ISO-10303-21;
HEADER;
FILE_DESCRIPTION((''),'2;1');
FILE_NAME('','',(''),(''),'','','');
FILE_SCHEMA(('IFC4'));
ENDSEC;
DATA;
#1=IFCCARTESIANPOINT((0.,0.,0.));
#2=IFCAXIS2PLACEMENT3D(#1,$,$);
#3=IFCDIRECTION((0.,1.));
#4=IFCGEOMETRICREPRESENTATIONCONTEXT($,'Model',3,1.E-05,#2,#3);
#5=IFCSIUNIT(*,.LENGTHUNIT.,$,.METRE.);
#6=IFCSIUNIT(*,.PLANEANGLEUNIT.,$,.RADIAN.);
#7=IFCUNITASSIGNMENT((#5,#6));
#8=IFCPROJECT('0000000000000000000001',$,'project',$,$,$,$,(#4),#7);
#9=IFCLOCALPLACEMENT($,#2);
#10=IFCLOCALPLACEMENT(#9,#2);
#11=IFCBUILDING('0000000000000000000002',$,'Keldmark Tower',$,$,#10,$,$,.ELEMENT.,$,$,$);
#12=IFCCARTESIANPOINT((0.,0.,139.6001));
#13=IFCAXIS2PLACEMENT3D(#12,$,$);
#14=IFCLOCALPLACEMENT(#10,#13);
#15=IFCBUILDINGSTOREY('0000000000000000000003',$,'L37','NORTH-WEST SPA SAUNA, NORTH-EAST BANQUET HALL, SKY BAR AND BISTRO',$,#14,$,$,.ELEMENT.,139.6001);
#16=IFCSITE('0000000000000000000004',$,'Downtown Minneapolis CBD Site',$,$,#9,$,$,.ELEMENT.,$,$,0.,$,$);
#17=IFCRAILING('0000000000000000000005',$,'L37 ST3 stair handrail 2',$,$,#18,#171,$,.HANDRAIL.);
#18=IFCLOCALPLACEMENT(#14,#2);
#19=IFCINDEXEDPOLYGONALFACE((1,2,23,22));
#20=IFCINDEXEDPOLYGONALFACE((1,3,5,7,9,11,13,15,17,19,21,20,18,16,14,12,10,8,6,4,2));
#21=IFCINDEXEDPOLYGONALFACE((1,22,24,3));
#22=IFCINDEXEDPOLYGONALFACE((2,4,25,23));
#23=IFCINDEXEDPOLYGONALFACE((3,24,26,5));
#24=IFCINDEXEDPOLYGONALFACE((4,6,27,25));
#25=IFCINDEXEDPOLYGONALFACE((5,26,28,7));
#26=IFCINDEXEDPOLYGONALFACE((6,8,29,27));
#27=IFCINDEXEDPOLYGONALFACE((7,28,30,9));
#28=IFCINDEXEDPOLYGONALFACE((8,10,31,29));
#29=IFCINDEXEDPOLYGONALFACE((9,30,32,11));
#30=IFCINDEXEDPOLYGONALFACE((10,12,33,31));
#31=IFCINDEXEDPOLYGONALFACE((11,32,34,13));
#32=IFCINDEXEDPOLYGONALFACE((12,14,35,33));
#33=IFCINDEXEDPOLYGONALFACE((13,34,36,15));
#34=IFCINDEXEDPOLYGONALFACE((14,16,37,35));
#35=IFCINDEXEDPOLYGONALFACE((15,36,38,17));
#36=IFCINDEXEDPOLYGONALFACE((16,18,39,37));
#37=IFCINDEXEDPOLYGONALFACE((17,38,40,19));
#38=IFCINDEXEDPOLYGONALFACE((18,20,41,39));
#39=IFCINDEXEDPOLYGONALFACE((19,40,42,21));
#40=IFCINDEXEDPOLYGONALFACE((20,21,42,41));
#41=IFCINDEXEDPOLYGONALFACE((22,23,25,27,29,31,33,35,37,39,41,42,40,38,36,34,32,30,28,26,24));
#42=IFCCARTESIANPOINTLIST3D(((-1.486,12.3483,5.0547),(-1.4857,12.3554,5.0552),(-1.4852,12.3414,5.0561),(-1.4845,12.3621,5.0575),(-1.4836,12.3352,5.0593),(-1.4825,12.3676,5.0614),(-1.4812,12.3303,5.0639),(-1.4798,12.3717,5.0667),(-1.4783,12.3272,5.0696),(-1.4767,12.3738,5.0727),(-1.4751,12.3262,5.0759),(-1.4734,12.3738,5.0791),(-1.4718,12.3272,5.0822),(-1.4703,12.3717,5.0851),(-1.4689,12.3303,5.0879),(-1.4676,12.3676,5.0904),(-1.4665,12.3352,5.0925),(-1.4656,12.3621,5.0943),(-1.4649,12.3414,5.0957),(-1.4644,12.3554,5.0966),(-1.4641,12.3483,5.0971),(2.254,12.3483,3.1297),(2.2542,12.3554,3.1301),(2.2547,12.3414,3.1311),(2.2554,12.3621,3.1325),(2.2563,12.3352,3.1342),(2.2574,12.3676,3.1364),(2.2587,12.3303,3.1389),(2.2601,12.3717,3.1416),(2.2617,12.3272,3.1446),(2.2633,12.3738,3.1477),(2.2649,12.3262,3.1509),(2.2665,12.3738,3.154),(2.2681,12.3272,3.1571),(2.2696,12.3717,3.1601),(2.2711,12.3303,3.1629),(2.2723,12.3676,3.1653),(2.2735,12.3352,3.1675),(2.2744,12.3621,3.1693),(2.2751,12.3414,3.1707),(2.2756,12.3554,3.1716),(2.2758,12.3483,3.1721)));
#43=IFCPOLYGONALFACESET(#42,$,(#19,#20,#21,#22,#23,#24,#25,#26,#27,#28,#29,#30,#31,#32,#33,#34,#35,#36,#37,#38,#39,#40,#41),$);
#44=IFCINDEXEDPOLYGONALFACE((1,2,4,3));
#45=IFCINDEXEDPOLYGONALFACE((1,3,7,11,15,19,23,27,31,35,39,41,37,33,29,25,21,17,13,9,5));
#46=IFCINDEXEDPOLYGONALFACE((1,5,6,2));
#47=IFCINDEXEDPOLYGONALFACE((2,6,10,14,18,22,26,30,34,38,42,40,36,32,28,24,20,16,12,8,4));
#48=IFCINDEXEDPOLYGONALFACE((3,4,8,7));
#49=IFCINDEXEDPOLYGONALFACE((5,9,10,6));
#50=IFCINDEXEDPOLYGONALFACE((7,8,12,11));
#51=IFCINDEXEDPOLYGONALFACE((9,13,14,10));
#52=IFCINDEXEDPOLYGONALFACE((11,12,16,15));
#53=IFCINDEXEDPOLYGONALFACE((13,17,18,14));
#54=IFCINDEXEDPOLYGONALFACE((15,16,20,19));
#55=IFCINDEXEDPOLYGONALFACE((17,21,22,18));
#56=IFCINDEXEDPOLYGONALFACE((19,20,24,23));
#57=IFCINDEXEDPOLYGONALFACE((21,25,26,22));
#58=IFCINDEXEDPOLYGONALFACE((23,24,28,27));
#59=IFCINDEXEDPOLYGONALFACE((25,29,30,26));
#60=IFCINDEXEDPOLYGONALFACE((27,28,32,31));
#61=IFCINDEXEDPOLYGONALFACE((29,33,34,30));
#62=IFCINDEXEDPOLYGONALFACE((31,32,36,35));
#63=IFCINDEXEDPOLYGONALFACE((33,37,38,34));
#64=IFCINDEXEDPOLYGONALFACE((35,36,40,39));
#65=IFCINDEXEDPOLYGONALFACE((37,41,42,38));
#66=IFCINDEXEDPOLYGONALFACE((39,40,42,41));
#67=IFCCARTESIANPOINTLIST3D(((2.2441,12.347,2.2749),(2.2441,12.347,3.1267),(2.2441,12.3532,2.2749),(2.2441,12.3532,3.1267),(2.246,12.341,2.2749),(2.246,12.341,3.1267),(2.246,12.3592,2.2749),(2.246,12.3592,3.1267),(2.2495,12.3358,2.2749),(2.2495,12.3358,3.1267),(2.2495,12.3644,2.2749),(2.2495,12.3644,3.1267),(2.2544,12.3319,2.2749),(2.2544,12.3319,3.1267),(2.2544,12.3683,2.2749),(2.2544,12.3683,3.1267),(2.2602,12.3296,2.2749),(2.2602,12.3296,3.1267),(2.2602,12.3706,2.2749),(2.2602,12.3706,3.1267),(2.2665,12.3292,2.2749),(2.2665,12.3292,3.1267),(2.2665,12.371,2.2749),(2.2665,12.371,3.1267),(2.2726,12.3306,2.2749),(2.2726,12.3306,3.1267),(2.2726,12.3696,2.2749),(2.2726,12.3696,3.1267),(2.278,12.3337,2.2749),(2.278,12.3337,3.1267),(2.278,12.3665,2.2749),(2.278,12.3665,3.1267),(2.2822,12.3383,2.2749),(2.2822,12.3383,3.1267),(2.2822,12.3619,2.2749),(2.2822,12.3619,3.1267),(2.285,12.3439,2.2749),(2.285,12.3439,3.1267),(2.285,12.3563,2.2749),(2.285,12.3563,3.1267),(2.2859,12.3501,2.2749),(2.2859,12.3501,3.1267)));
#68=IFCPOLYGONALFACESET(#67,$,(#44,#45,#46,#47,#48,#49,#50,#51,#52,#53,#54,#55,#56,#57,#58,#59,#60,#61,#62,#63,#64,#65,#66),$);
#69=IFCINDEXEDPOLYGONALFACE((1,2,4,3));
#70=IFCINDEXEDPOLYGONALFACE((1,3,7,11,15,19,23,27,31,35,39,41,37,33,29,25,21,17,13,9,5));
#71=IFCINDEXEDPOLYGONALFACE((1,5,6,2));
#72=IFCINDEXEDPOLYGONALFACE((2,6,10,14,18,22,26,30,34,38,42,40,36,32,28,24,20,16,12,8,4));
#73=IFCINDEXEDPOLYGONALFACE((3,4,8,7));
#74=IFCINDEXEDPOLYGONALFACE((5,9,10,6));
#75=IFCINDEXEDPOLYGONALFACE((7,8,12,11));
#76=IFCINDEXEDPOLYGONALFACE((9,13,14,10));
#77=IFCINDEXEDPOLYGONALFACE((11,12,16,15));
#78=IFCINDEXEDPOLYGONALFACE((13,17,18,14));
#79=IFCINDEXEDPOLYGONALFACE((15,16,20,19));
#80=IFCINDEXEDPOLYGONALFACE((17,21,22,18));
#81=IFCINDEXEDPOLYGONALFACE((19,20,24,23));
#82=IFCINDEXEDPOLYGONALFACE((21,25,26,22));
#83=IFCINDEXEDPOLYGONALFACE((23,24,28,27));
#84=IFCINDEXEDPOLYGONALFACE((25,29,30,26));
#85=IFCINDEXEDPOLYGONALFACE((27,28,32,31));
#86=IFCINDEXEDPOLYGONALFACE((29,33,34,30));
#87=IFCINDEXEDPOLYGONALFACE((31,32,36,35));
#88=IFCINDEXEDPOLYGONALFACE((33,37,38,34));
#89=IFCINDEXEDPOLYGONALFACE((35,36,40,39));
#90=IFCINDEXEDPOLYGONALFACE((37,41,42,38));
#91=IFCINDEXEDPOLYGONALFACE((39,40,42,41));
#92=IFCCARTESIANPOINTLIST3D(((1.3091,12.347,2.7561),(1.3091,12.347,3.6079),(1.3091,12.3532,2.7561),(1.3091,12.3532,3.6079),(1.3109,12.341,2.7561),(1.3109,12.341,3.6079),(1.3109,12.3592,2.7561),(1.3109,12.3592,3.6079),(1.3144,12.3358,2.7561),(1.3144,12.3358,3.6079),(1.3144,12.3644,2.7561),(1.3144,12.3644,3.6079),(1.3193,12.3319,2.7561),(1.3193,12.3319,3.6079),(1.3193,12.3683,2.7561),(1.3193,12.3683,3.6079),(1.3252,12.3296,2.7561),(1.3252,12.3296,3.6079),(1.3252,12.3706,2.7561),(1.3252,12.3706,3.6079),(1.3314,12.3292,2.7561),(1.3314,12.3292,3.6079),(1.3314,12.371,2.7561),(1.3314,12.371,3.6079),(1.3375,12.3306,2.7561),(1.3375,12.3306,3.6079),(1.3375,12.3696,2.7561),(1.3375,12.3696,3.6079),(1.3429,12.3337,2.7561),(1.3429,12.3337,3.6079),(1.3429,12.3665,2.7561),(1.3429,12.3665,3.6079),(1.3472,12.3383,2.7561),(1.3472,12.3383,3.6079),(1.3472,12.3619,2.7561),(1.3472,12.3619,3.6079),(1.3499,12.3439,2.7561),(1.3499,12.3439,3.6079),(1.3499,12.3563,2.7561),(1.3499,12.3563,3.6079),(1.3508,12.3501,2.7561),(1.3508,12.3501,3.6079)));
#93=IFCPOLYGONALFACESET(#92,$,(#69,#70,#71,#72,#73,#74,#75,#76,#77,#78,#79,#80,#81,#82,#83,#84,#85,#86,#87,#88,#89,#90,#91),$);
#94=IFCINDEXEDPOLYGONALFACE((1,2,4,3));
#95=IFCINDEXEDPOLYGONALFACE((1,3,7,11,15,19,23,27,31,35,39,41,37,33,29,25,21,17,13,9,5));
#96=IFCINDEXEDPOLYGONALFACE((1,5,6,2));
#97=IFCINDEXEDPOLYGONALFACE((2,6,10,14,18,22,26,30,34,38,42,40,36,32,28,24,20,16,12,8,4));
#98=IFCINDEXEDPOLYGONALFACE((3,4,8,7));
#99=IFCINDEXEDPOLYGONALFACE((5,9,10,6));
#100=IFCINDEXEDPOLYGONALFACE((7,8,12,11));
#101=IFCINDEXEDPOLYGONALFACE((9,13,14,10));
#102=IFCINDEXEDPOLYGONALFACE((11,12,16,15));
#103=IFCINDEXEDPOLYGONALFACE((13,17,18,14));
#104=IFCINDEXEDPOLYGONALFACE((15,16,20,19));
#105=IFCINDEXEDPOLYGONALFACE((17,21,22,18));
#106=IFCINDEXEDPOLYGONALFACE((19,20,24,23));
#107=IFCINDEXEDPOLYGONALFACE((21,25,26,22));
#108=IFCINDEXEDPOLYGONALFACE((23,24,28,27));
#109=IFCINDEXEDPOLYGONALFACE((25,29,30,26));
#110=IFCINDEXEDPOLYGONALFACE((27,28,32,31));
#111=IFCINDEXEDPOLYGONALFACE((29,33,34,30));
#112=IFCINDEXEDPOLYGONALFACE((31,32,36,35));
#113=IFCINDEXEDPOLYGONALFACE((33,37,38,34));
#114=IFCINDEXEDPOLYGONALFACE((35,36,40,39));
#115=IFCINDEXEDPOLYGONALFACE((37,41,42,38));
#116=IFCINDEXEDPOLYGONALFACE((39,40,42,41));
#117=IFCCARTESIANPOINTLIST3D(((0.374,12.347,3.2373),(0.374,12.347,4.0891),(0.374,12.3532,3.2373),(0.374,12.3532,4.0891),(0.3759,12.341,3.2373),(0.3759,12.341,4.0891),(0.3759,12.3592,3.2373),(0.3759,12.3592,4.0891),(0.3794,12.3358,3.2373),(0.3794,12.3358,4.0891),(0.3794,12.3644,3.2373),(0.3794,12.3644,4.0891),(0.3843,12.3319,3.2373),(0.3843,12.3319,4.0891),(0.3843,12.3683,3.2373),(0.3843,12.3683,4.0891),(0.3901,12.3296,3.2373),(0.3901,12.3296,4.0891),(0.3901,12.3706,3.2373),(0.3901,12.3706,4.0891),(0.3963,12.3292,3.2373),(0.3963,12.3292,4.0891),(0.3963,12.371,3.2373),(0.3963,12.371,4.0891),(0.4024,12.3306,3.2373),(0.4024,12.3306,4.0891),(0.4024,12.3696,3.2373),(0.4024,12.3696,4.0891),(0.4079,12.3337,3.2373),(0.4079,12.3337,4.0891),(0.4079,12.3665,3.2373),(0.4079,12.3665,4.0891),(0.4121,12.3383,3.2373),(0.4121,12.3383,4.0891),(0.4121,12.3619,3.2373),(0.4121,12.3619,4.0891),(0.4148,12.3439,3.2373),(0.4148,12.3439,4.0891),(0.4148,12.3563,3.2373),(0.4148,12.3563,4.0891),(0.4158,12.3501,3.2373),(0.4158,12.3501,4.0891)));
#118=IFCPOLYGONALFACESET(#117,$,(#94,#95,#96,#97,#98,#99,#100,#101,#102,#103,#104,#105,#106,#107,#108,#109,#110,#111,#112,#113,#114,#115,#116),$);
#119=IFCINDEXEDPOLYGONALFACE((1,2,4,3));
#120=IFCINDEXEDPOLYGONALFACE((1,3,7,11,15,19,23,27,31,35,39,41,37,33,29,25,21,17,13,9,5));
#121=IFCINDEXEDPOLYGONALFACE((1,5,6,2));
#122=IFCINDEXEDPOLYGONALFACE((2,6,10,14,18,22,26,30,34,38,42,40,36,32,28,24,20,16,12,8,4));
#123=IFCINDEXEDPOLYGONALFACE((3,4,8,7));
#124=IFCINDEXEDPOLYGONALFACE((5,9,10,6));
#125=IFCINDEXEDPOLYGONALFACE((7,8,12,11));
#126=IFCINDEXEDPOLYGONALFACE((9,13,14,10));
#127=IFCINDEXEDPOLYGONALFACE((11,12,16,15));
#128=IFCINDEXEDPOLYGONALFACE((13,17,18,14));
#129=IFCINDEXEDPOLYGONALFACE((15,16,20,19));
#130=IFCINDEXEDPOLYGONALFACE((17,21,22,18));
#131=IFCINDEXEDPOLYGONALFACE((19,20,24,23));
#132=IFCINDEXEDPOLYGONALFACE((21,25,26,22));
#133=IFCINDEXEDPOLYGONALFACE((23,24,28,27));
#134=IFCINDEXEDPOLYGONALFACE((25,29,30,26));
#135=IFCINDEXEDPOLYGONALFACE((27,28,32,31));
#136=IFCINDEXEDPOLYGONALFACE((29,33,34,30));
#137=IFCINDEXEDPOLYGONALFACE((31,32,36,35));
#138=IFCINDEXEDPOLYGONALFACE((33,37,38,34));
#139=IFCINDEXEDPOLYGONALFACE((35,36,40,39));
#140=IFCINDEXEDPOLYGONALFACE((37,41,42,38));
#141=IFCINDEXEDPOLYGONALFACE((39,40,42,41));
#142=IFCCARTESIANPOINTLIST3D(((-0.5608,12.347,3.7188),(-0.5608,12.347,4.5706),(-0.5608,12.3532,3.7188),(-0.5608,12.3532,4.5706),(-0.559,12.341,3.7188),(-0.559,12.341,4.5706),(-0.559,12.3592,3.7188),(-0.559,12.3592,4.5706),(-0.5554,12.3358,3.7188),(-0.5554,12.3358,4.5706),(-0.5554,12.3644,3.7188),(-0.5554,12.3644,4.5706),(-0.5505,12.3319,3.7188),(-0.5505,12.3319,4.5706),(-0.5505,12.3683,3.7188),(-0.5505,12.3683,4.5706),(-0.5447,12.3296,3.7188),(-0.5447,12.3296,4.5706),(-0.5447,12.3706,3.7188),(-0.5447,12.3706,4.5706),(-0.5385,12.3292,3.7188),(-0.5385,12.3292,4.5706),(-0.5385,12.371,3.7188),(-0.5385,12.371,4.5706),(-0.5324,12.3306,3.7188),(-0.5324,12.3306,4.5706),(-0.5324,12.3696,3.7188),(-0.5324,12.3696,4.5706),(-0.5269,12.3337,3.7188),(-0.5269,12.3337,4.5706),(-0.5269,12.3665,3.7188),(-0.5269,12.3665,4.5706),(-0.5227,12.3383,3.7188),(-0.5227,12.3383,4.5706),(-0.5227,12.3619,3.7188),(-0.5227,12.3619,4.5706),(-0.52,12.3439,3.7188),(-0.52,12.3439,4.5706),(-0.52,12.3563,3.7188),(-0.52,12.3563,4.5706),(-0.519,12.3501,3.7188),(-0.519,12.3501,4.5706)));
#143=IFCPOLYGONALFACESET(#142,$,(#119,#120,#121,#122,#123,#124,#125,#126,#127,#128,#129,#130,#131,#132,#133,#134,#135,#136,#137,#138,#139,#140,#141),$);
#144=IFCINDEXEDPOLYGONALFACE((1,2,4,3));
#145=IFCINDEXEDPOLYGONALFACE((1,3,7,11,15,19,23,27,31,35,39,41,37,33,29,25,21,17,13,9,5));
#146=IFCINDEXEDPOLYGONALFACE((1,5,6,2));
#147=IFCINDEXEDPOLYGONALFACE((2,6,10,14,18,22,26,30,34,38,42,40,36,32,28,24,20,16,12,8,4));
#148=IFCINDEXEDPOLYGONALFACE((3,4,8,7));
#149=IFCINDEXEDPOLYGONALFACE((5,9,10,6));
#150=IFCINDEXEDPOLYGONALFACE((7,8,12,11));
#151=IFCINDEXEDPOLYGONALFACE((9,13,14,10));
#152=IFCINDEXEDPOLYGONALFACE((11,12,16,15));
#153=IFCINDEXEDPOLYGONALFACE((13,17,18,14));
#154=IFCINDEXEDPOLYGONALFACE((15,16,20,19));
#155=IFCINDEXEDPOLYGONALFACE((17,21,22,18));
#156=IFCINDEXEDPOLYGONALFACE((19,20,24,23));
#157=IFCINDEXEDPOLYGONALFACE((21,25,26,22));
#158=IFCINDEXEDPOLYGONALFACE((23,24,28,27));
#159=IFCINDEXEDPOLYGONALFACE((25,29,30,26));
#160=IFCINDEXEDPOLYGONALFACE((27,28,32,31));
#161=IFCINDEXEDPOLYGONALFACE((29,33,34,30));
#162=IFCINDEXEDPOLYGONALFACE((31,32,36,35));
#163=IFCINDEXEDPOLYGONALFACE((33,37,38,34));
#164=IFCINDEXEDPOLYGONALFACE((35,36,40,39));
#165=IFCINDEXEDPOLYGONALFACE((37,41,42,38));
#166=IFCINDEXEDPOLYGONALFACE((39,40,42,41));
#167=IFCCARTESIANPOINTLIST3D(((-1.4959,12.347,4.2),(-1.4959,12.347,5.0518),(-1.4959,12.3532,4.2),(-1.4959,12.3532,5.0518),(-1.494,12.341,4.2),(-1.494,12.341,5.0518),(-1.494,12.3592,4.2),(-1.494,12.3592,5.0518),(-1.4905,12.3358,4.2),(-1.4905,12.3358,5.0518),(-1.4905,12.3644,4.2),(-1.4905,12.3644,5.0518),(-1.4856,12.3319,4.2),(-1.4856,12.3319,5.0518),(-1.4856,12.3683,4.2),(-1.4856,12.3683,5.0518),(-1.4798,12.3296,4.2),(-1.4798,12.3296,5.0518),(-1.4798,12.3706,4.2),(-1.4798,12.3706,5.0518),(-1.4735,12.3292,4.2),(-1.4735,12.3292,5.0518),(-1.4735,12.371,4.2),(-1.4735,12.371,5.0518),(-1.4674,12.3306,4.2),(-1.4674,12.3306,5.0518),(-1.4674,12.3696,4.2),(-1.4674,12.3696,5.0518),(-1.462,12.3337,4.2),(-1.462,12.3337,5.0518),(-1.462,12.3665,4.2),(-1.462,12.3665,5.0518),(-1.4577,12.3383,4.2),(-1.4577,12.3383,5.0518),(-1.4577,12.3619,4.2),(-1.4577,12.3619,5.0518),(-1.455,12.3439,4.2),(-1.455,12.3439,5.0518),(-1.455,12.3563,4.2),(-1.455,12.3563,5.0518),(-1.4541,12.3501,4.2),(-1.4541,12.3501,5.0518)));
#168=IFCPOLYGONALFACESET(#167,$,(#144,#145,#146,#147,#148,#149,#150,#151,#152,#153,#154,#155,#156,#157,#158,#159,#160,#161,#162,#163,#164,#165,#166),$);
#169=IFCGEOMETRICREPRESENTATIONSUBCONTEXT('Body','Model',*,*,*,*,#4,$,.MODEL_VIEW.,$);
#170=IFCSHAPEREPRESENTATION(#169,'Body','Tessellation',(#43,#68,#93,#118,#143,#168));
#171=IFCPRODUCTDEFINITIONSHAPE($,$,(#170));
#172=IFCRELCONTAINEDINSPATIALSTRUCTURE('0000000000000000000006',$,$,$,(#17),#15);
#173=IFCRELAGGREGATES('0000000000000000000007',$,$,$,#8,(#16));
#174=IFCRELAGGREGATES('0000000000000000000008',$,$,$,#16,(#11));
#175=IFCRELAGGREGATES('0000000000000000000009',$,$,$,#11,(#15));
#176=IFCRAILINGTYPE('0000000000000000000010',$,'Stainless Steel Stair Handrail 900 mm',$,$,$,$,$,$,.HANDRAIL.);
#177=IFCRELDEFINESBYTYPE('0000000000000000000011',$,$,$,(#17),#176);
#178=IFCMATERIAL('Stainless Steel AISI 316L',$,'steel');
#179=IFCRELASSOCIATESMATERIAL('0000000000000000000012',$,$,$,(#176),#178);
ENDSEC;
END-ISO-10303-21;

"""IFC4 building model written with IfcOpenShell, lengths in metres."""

from ifc_helpers import new_model, si_unit, direction, frame, origin, origin_2d, place, context, subcontext, project, spatial, circle, extrude, material, type_object, element, save


model = new_model("IFC4")

# Units and contexts
model_context = context("Model", 3, precision=1e-05, world=origin(), true_north=direction((0.0, 1.0)))
body_context = subcontext(model_context, "Body", "Model", "MODEL_VIEW")
ifc_project = project(units=[si_unit("LENGTHUNIT", "METRE"), si_unit("PLANEANGLEUNIT", "RADIAN")], contexts=[model_context])

# Site, building, storey
site_placement = place(None, origin())
site = spatial("IfcSite", under=ifc_project, at=site_placement, Name="Downtown Minneapolis CBD Site", CompositionType="ELEMENT", RefElevation=0.0)
building_placement = place(site_placement, origin())
building = spatial("IfcBuilding", under=site, at=building_placement, Name="Keldmark Tower", CompositionType="ELEMENT")
storey_placement = place(building_placement, frame((0.0, 0.0, 139.6001)))
storey = spatial("IfcBuildingStorey", under=building, at=storey_placement, Name="L37", Description="NORTH-WEST SPA SAUNA, NORTH-EAST BANQUET HALL, SKY BAR AND BISTRO", CompositionType="ELEMENT", Elevation=139.6001)

# Railing
ifc_material_1 = material(Name="Stainless Steel AISI 316L", Category="steel")
railing_type_1 = type_object("IfcRailingType", Name="Stainless Steel Stair Handrail 900 mm", PredefinedType="HANDRAIL", material=ifc_material_1)
railing_1_placement = place(storey_placement, frame((2.2649, 12.3501, 2.2749)))
element("IfcRailing", 1, at=railing_1_placement, inside=storey, type_object=railing_type_1, Name="L37 ST3 stair handrail 2", PredefinedType="HANDRAIL", context=body_context, shape_type="SweptSolid", body=[
    extrude(circle(Radius=0.0239, at=origin_2d()), frame((0.0, 0.0, 0.876), z_axis=(-0.889131, 0.0, 0.457654), x_axis=(0.0, -1.0, 0.0)), (0.0, 0.0, 1.0), 4.2063),
    extrude(circle(Radius=0.021, at=origin_2d()), origin(), (0.0, 0.0, 1.0), 0.8518),
    extrude(circle(Radius=0.021, at=origin_2d()), frame((-0.9351, 0.0, 0.4812)), (0.0, 0.0, 1.0), 0.8518),
    extrude(circle(Radius=0.021, at=origin_2d()), frame((-1.8701, 0.0, 0.9624)), (0.0, 0.0, 1.0), 0.8518),
    extrude(circle(Radius=0.021, at=origin_2d()), frame((-2.8049, 0.0, 1.4438)), (0.0, 0.0, 1.0), 0.8518),
    extrude(circle(Radius=0.021, at=origin_2d()), frame((-3.74, 0.0, 1.925)), (0.0, 0.0, 1.0), 0.8518),
])

save(model, "model.ifc")
